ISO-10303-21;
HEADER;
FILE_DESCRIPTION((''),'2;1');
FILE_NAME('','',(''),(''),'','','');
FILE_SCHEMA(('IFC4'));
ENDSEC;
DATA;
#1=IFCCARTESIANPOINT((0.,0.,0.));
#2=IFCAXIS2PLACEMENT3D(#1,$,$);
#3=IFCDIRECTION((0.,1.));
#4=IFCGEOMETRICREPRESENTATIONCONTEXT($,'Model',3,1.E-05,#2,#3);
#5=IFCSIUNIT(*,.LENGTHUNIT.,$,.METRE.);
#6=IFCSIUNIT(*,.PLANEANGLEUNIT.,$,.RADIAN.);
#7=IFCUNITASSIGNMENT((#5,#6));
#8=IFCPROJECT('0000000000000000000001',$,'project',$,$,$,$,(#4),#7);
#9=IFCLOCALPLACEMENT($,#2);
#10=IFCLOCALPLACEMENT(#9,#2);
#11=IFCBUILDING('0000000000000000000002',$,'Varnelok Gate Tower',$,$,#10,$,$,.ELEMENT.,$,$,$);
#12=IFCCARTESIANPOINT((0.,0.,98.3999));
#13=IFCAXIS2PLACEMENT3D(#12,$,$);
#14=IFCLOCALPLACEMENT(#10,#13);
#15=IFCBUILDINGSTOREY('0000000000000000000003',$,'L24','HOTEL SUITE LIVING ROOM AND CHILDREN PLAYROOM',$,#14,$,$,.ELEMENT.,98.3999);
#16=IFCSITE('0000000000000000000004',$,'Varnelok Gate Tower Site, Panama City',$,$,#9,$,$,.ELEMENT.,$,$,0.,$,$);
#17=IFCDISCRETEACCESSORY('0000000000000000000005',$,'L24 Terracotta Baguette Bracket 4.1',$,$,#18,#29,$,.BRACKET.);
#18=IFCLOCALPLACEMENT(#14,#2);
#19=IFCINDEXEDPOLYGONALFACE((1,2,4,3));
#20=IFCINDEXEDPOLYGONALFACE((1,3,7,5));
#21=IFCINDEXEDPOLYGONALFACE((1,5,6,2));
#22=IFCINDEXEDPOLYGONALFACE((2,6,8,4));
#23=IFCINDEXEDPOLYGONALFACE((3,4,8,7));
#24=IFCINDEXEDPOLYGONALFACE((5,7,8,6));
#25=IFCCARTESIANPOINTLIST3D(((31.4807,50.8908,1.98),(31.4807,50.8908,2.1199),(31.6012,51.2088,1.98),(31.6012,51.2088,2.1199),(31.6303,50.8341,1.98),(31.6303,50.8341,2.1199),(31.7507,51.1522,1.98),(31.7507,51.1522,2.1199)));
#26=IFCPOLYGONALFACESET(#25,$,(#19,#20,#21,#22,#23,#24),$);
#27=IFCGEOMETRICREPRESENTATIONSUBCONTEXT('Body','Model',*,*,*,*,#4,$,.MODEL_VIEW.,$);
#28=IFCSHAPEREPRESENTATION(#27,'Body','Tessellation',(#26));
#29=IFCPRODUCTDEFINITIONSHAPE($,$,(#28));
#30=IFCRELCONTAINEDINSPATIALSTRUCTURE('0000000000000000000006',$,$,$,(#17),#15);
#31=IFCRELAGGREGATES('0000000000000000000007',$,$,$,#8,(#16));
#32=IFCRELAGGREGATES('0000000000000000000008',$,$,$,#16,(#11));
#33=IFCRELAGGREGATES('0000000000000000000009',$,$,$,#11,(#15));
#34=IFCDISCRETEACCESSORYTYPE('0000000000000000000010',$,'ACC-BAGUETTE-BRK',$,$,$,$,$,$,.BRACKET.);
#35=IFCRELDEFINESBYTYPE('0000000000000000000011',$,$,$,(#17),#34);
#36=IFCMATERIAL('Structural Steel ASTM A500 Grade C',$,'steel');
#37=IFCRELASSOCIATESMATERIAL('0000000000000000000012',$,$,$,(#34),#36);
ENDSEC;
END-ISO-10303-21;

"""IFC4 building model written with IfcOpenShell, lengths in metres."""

from ifc_helpers import new_model, si_unit, direction, frame, origin, origin_2d, place, context, subcontext, project, spatial, rectangle, extrude, source, transform, mapped, material, type_object, element, save


model = new_model("IFC4")

# Units and contexts
model_context = context("Model", 3, precision=1e-05, world=origin(), true_north=direction((0.0, 1.0)))
body_context = subcontext(model_context, "Body", "Model", "MODEL_VIEW")
ifc_project = project(units=[si_unit("LENGTHUNIT", "METRE"), si_unit("PLANEANGLEUNIT", "RADIAN")], contexts=[model_context])

# Site, building, storey
site_placement = place(None, origin())
site = spatial("IfcSite", under=ifc_project, at=site_placement, Name="Varnelok Gate Tower Site, Panama City", CompositionType="ELEMENT", RefElevation=0.0)
building_placement = place(site_placement, origin())
building = spatial("IfcBuilding", under=site, at=building_placement, Name="Varnelok Gate Tower", CompositionType="ELEMENT")
storey_placement = place(building_placement, frame((0.0, 0.0, 98.3999)))
storey = spatial("IfcBuildingStorey", under=building, at=storey_placement, Name="L24", Description="HOTEL SUITE LIVING ROOM AND CHILDREN PLAYROOM", CompositionType="ELEMENT", Elevation=98.3999)

# Discrete accessory
ifc_material_1 = material(Name="Structural Steel ASTM A500 Grade C", Category="steel")
discrete_accessory_type = type_object("IfcDiscreteAccessoryType", Name="ACC-BAGUETTE-BRK", PredefinedType="BRACKET", material=ifc_material_1)
shared_shape_1 = source(origin(), body_context, "Body", "SweptSolid", [
    extrude(rectangle(XDim=0.1599, YDim=0.3401, at=origin_2d()), origin(), (0.0, 0.0, 1.0), 0.1399),
])
discrete_accessory_placement = place(storey_placement, frame((31.6157, 51.0215, 1.98), z_axis=(0.0, 0.0, 1.0), x_axis=(0.935222, -0.354063, 0.0)))
element("IfcDiscreteAccessory", 1, at=discrete_accessory_placement, inside=storey, type_object=discrete_accessory_type, Name="L24 Terracotta Baguette Bracket 4.1", PredefinedType="BRACKET", context=body_context, shape_type="MappedRepresentation", body=[
    mapped(shared_shape_1, transform((0.0, 0.0, 0.0), scale=1.0)),
])

save(model, "model.ifc")
